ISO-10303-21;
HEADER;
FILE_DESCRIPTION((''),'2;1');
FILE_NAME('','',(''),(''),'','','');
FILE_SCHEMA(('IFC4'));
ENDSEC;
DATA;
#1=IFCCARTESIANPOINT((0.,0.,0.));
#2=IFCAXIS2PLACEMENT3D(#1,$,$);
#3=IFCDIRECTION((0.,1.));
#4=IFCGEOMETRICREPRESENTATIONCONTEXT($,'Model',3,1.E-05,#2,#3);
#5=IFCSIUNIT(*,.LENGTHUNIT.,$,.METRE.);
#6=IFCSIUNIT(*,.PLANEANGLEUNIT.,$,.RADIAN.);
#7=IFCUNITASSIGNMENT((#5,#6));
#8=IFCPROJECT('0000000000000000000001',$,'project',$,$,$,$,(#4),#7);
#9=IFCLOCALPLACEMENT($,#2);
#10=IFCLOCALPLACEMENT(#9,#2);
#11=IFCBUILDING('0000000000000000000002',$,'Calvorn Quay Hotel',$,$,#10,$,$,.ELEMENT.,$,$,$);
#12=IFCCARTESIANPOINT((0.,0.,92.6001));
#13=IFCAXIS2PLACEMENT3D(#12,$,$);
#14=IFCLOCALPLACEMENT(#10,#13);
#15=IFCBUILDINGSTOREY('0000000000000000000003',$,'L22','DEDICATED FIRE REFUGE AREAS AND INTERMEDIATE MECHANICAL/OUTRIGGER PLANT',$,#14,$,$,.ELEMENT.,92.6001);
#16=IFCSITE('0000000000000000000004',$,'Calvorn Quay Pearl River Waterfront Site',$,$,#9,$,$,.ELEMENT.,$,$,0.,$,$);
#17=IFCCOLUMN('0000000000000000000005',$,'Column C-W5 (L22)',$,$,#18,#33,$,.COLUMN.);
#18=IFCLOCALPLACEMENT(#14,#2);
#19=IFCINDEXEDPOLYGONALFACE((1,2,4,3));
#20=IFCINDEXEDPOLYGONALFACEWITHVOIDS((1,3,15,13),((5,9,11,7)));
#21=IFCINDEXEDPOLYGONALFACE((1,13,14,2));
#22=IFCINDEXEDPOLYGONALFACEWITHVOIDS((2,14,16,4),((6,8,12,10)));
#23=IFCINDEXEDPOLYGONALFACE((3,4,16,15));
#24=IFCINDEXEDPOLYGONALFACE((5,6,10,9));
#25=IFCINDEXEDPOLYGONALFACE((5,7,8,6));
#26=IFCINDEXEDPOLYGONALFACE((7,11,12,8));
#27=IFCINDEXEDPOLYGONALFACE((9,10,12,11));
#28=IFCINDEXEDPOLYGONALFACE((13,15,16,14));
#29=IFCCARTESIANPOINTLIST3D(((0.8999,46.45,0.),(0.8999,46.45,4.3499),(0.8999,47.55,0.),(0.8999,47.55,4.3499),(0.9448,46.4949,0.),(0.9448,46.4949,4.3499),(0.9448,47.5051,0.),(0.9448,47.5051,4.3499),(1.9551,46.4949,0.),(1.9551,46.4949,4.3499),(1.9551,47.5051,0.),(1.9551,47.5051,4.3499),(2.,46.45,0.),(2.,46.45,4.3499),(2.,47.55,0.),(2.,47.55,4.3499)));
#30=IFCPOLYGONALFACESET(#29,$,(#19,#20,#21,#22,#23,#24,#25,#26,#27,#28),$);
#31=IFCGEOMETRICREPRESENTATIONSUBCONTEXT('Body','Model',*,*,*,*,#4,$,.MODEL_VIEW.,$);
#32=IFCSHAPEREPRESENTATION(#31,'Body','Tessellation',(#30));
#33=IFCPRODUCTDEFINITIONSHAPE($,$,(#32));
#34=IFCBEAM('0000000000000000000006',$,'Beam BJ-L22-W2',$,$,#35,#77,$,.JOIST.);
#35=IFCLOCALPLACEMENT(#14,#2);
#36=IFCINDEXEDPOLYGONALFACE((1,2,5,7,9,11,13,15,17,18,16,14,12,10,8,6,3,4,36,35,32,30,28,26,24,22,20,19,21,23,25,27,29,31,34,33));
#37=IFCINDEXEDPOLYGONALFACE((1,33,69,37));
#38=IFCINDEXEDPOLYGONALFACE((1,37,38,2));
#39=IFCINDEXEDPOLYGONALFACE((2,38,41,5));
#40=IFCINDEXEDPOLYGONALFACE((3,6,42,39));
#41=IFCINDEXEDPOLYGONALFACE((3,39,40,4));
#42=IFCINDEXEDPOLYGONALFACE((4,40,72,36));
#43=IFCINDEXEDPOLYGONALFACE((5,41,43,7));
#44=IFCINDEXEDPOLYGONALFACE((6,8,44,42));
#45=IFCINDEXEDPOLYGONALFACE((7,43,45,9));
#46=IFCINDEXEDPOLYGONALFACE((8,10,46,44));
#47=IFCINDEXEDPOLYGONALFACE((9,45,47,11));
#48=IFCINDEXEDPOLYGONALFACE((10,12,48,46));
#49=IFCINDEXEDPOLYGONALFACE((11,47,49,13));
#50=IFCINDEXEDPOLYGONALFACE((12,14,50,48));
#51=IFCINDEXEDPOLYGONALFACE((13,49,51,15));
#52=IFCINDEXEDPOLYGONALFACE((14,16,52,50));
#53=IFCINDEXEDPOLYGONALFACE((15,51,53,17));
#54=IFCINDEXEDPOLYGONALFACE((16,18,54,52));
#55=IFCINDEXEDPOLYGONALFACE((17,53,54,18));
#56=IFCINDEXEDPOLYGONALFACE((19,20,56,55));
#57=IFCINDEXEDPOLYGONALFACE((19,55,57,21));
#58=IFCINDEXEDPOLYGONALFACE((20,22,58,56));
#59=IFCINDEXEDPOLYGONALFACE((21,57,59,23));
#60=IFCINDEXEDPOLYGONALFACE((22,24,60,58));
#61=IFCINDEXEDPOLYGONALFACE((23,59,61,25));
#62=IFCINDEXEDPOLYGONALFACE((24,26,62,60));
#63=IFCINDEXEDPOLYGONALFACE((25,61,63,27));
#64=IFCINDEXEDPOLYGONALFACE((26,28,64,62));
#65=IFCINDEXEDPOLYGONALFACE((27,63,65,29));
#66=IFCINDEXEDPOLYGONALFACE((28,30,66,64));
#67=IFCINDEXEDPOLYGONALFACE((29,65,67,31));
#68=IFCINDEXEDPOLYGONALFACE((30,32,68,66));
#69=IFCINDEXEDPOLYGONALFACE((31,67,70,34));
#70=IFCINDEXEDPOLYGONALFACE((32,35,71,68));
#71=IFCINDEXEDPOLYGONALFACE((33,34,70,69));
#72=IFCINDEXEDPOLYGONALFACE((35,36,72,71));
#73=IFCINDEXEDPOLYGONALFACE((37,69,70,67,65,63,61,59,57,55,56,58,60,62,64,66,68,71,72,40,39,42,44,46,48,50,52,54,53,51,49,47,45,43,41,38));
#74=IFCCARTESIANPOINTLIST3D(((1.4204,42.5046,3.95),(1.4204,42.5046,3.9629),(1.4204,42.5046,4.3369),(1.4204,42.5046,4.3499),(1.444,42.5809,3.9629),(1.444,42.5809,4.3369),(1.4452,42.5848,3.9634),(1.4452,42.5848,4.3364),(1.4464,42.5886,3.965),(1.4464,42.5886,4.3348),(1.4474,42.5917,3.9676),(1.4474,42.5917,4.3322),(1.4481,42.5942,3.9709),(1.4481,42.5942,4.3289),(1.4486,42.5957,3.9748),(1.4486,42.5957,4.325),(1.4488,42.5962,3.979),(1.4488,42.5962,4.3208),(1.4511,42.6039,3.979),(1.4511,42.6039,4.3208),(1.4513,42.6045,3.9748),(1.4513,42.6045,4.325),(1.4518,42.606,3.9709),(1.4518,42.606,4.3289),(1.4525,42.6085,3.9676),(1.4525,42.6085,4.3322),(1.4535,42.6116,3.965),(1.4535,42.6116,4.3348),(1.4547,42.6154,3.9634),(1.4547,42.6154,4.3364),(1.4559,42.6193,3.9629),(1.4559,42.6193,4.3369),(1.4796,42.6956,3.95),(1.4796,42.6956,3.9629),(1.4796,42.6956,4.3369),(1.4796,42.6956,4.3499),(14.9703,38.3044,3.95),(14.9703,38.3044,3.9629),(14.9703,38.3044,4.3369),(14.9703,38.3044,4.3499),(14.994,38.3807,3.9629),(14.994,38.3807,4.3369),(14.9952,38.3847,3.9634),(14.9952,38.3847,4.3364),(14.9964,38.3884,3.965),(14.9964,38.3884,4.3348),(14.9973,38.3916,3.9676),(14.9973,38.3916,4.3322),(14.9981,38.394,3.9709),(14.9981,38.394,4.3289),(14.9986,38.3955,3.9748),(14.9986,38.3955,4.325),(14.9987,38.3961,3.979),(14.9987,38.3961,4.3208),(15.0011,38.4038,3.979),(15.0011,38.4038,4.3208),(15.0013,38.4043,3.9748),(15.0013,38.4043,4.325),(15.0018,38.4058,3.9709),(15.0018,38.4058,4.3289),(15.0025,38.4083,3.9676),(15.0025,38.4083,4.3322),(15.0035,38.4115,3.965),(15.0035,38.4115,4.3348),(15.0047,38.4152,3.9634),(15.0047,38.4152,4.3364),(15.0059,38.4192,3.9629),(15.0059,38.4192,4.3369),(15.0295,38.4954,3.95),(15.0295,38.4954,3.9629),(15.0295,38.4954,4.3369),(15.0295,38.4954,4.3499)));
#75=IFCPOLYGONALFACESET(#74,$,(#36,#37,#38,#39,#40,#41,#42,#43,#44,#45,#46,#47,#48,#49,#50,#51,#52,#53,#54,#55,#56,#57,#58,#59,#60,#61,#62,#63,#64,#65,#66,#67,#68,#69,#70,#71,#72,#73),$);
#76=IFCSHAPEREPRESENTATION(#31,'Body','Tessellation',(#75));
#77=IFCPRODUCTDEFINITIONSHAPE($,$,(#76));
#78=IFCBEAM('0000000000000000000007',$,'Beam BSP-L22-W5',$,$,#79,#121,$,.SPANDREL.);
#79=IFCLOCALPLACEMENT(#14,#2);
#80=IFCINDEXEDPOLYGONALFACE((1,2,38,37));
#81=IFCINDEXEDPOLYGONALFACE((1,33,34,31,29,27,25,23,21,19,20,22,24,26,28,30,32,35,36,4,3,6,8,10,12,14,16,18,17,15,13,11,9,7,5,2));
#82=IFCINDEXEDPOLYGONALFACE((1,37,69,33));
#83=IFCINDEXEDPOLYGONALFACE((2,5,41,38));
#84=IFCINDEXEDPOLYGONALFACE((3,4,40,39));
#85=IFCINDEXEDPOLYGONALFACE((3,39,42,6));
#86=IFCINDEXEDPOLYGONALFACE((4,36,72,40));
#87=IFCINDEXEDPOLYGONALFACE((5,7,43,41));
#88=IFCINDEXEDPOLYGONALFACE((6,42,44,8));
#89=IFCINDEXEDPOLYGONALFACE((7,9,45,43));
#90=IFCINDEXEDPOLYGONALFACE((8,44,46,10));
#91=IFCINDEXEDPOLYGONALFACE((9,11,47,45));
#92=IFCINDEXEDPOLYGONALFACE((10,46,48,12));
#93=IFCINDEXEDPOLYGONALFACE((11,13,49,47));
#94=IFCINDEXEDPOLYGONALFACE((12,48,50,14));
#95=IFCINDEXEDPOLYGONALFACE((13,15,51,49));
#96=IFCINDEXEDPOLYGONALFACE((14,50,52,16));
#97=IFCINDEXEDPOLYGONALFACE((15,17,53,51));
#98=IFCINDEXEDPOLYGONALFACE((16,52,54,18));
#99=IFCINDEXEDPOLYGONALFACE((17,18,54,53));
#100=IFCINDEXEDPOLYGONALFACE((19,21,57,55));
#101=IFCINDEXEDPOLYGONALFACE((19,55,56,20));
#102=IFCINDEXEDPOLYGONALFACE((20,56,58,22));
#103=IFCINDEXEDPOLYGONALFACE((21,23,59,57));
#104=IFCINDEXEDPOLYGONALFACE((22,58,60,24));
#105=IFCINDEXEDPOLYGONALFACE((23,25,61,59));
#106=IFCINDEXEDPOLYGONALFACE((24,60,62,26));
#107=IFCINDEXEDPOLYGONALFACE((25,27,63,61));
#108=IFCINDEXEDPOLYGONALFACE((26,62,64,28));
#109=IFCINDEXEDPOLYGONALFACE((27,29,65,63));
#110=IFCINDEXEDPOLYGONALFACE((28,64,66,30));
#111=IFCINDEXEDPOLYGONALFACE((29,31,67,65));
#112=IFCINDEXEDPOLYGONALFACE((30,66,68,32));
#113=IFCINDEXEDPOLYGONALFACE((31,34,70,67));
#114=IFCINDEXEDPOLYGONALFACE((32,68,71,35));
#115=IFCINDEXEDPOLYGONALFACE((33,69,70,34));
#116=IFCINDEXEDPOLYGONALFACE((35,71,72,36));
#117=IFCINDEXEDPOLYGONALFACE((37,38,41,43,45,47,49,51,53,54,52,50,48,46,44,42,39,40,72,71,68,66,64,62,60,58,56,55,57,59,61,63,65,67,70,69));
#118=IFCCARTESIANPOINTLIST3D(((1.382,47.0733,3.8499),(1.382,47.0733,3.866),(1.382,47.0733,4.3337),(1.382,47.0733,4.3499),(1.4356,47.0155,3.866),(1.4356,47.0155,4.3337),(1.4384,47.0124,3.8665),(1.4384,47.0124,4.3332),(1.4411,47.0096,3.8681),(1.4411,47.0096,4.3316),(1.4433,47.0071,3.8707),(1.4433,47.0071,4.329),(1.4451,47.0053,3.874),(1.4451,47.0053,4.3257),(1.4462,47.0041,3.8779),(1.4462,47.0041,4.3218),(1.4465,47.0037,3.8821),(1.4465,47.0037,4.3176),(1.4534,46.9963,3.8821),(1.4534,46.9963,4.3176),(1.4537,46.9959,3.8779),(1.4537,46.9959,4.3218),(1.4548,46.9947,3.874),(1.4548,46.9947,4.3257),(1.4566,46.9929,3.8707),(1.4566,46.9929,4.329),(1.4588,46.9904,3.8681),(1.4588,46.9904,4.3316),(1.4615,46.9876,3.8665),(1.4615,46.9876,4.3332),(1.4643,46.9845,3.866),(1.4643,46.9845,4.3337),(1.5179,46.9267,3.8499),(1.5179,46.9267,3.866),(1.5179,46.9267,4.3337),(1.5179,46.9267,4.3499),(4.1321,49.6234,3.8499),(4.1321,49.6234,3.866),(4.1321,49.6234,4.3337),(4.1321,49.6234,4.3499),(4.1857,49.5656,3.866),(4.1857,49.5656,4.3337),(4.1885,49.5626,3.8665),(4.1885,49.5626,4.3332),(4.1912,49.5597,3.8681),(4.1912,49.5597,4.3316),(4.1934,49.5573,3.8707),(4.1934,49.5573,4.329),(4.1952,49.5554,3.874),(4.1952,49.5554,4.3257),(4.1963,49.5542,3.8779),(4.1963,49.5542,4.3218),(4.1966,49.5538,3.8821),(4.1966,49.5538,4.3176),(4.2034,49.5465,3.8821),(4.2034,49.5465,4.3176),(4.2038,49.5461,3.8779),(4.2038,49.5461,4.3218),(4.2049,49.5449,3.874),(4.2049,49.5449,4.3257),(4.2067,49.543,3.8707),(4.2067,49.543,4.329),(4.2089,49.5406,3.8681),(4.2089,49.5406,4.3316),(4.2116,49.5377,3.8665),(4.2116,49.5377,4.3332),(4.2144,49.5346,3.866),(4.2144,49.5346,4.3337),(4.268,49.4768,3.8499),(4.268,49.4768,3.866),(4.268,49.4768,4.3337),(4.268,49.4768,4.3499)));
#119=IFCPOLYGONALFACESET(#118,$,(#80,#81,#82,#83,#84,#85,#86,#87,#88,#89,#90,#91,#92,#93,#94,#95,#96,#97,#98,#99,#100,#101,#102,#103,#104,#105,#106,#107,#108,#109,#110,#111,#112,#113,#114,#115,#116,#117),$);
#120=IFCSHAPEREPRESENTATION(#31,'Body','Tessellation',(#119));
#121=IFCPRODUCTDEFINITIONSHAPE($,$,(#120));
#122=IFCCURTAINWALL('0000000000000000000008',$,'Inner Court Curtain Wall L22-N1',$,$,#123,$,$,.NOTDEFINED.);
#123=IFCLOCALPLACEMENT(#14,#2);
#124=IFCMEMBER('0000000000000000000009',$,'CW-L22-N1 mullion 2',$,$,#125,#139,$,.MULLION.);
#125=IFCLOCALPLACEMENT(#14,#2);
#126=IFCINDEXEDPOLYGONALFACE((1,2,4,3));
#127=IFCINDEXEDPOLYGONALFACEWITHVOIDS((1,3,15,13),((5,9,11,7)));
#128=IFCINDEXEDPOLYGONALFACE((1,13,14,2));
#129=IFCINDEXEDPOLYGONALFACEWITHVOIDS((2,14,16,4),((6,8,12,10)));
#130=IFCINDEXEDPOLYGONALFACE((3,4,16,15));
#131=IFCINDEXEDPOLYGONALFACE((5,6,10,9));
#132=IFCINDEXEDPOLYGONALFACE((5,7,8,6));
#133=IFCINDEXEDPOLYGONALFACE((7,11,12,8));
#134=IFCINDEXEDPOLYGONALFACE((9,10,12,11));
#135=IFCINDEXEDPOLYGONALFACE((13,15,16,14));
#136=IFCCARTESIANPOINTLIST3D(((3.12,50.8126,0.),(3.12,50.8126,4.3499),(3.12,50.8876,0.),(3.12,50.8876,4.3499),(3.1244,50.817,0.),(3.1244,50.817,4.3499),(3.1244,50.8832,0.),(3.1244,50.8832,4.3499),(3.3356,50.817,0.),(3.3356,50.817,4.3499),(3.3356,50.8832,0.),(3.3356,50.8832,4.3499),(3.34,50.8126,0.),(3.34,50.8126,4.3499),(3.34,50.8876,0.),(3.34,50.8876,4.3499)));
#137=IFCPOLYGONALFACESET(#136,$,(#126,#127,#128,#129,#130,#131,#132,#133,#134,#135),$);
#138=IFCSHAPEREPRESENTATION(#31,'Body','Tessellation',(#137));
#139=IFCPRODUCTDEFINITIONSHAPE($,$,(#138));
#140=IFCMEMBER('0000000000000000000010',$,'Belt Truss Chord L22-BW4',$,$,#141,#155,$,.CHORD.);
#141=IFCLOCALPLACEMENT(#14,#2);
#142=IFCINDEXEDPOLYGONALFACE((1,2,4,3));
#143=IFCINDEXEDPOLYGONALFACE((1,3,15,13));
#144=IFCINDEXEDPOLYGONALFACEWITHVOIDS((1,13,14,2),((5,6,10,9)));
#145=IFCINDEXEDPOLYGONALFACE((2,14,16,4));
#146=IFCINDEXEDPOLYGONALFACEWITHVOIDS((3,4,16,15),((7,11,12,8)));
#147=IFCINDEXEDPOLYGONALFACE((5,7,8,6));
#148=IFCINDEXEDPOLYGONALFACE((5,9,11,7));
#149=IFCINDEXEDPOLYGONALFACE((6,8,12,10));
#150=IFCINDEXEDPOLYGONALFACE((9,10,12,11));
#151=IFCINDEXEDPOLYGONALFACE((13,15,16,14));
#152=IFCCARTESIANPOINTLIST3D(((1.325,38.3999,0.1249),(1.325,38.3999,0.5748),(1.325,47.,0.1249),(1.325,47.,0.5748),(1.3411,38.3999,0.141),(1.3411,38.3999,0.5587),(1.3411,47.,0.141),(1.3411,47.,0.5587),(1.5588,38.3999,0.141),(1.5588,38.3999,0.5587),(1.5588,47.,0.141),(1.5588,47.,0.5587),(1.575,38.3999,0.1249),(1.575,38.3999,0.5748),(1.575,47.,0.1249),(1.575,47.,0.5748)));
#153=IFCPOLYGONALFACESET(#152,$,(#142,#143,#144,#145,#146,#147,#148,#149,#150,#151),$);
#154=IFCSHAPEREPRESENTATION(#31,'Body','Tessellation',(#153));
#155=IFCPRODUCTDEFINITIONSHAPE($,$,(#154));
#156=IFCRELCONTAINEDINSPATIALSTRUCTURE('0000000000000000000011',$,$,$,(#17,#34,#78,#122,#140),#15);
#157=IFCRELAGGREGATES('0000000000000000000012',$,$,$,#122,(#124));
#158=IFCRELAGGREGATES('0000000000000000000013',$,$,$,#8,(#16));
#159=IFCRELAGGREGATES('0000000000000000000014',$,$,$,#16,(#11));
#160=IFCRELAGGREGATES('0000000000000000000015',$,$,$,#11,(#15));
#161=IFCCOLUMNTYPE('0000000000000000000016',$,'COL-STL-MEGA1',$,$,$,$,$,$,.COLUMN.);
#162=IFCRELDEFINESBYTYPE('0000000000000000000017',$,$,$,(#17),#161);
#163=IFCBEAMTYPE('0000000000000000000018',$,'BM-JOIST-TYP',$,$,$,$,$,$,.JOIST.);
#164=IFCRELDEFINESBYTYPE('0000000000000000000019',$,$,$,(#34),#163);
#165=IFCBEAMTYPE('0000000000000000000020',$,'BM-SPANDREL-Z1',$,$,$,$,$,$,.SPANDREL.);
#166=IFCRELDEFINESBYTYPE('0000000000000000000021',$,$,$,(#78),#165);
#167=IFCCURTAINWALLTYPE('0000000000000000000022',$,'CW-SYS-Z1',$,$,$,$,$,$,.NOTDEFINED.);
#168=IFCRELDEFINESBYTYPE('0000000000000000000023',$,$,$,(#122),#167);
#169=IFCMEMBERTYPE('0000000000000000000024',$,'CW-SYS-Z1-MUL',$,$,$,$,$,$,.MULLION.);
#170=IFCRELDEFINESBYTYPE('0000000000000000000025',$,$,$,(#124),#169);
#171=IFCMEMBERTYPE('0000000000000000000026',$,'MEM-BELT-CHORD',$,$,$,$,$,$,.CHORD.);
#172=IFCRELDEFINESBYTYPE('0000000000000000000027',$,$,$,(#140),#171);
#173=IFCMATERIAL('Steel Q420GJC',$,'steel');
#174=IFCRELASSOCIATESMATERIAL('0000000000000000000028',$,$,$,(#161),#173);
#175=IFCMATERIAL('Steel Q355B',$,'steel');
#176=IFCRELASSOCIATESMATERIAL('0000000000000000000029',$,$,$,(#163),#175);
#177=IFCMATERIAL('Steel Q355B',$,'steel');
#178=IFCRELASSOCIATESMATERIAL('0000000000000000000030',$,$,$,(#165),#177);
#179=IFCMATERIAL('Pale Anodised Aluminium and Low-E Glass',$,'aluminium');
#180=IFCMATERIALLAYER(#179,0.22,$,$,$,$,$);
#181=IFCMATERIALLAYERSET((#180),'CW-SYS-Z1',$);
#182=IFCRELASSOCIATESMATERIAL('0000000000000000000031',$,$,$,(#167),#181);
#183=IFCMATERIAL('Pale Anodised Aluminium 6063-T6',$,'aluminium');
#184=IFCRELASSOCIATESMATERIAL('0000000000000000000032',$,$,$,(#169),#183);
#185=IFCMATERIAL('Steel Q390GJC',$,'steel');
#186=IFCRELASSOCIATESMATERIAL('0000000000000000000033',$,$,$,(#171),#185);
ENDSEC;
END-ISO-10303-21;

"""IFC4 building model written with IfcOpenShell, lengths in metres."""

from ifc_helpers import new_model, si_unit, direction, frame, origin, origin_2d, place, context, subcontext, project, spatial, hollow_rectangle, i_section, extrude, material, layer, layer_set, material_profile, profile_set, type_object, element, aggregate, save


model = new_model("IFC4")

# Units and contexts
model_context = context("Model", 3, precision=1e-05, world=origin(), true_north=direction((0.0, 1.0)))
body_context = subcontext(model_context, "Body", "Model", "MODEL_VIEW")
ifc_project = project(units=[si_unit("LENGTHUNIT", "METRE"), si_unit("PLANEANGLEUNIT", "RADIAN")], contexts=[model_context])

# Site, building, storey
site_placement = place(None, origin())
site = spatial("IfcSite", under=ifc_project, at=site_placement, Name="Calvorn Quay Pearl River Waterfront Site", CompositionType="ELEMENT", RefElevation=0.0)
building_placement = place(site_placement, origin())
building = spatial("IfcBuilding", under=site, at=building_placement, Name="Calvorn Quay Hotel", CompositionType="ELEMENT")
storey_placement = place(building_placement, frame((0.0, 0.0, 92.6001)))
storey = spatial("IfcBuildingStorey", under=building, at=storey_placement, Name="L22", Description="DEDICATED FIRE REFUGE AREAS AND INTERMEDIATE MECHANICAL/OUTRIGGER PLANT", CompositionType="ELEMENT", Elevation=92.6001)

# Column
ifc_material_1 = material(Name="Steel Q420GJC", Category="steel")
ifc_material_profile_1 = material_profile(ifc_material_1, hollow_rectangle(XDim=1.1001, YDim=1.1001, WallThickness=0.0449, at=origin_2d()), Name="BOX1100x1100x45")
ifc_profile_set_1 = profile_set([ifc_material_profile_1], Name="Steel Q420GJC")
column_type = type_object("IfcColumnType", Name="COL-STL-MEGA1", PredefinedType="COLUMN", material=ifc_profile_set_1)
column_placement = place(storey_placement, frame((1.45, 47.0, 0.0), z_axis=(0.0, 0.0, 1.0), x_axis=(1.0, 0.0, 0.0)))
element("IfcColumn", 1, at=column_placement, inside=storey, type_object=column_type, Name="Column C-W5 (L22)", PredefinedType="COLUMN", context=body_context, shape_type="SweptSolid", body=[
    extrude(hollow_rectangle(XDim=1.1001, YDim=1.1001, WallThickness=0.0449, at=origin_2d()), origin(), (0.0, 0.0, 1.0), 4.3499),
])

# Beams
ifc_material_2 = material(Name="Steel Q355B", Category="steel")
ifc_material_profile_2 = material_profile(ifc_material_2, i_section(OverallWidth=0.2, OverallDepth=0.3999, WebThickness=0.0081, FlangeThickness=0.0129, FilletRadius=0.0161, at=origin_2d()), Name="HN400x200x8x13")
ifc_profile_set_2 = profile_set([ifc_material_profile_2], Name="Steel Q355B")
beam_type_1 = type_object("IfcBeamType", Name="BM-JOIST-TYP", PredefinedType="JOIST", material=ifc_profile_set_2)
beam_1_placement = place(storey_placement, frame((1.45, 42.6001, 4.1499), z_axis=(0.955164, -0.296078, 0.0), x_axis=(0.296078, 0.955164, 0.0)))
element("IfcBeam", 2, at=beam_1_placement, inside=storey, type_object=beam_type_1, Name="Beam BJ-L22-W2", PredefinedType="JOIST", context=body_context, shape_type="SweptSolid", body=[
    extrude(i_section(OverallWidth=0.2, OverallDepth=0.3999, WebThickness=0.0081, FlangeThickness=0.0129, FilletRadius=0.0161, at=origin_2d()), origin(), (0.0, 0.0, 1.0), 14.186),
])
ifc_material_3 = material(Name="Steel Q355B", Category="steel")
ifc_material_profile_3 = material_profile(ifc_material_3, i_section(OverallWidth=0.2, OverallDepth=0.5, WebThickness=0.01, FlangeThickness=0.0161, FilletRadius=0.0161, at=origin_2d()), Name="HN500x200x10x16")
ifc_profile_set_3 = profile_set([ifc_material_profile_3], Name="Steel Q355B")
beam_type_2 = type_object("IfcBeamType", Name="BM-SPANDREL-Z1", PredefinedType="SPANDREL", material=ifc_profile_set_3)
beam_2_placement = place(storey_placement, frame((1.45, 47.0, 4.0999), z_axis=(0.733262, 0.679947, 0.0), x_axis=(-0.679947, 0.733262, 0.0)))
element("IfcBeam", 3, at=beam_2_placement, inside=storey, type_object=beam_type_2, Name="Beam BSP-L22-W5", PredefinedType="SPANDREL", context=body_context, shape_type="SweptSolid", body=[
    extrude(i_section(OverallWidth=0.2, OverallDepth=0.5, WebThickness=0.01, FlangeThickness=0.0161, FilletRadius=0.0161, at=origin_2d()), origin(), (0.0, 0.0, 1.0), 3.7505),
])

# Curtain wall, member
ifc_material_4 = material(Name="Pale Anodised Aluminium and Low-E Glass", Category="aluminium")
ifc_layer_1 = layer(ifc_material_4, 0.22)
ifc_layer_set_1 = layer_set([ifc_layer_1], Name="CW-SYS-Z1")
curtain_wall_type = type_object("IfcCurtainWallType", Name="CW-SYS-Z1", PredefinedType="NOTDEFINED", material=ifc_layer_set_1)
curtain_wall_placement = place(storey_placement, origin())
curtain_wall = element("IfcCurtainWall", 4, at=curtain_wall_placement, inside=storey, type_object=curtain_wall_type, Name="Inner Court Curtain Wall L22-N1", PredefinedType="NOTDEFINED")
ifc_material_5 = material(Name="Pale Anodised Aluminium 6063-T6", Category="aluminium")
ifc_material_profile_4 = material_profile(ifc_material_5, hollow_rectangle(XDim=0.075, YDim=0.22, WallThickness=0.0044, at=origin_2d()), Name="ALU-M220x75x4.5")
ifc_profile_set_4 = profile_set([ifc_material_profile_4], Name="Pale Anodised Aluminium 6063-T6")
member_type_1 = type_object("IfcMemberType", Name="CW-SYS-Z1-MUL", PredefinedType="MULLION", material=ifc_profile_set_4)
member_1_placement = place(storey_placement, frame((3.23, 50.8501, 0.0), z_axis=(0.0, 0.0, 1.0), x_axis=(0.0, -1.0, 0.0)))
member_1 = element("IfcMember", 5, at=member_1_placement, type_object=member_type_1, Name="CW-L22-N1 mullion 2", PredefinedType="MULLION", context=body_context, shape_type="SweptSolid", body=[
    extrude(hollow_rectangle(XDim=0.075, YDim=0.22, WallThickness=0.0044, at=origin_2d()), origin(), (0.0, 0.0, 1.0), 4.3499),
])
aggregate(curtain_wall, [member_1])

# Member
ifc_material_6 = material(Name="Steel Q390GJC", Category="steel")
ifc_material_profile_5 = material_profile(ifc_material_6, hollow_rectangle(XDim=0.25, YDim=0.45, WallThickness=0.0161, at=origin_2d()), Name="RHS450x250x16")
ifc_profile_set_5 = profile_set([ifc_material_profile_5], Name="Steel Q390GJC")
member_type_2 = type_object("IfcMemberType", Name="MEM-BELT-CHORD", PredefinedType="CHORD", material=ifc_profile_set_5)
member_2_placement = place(storey_placement, frame((1.45, 38.3999, 0.3499), z_axis=(0.0, 1.0, 0.0), x_axis=(-1.0, 0.0, 0.0)))
element("IfcMember", 6, at=member_2_placement, inside=storey, type_object=member_type_2, Name="Belt Truss Chord L22-BW4", PredefinedType="CHORD", context=body_context, shape_type="SweptSolid", body=[
    extrude(hollow_rectangle(XDim=0.25, YDim=0.45, WallThickness=0.0161, at=origin_2d()), origin(), (0.0, 0.0, 1.0), 8.6001),
])

save(model, "model.ifc")
